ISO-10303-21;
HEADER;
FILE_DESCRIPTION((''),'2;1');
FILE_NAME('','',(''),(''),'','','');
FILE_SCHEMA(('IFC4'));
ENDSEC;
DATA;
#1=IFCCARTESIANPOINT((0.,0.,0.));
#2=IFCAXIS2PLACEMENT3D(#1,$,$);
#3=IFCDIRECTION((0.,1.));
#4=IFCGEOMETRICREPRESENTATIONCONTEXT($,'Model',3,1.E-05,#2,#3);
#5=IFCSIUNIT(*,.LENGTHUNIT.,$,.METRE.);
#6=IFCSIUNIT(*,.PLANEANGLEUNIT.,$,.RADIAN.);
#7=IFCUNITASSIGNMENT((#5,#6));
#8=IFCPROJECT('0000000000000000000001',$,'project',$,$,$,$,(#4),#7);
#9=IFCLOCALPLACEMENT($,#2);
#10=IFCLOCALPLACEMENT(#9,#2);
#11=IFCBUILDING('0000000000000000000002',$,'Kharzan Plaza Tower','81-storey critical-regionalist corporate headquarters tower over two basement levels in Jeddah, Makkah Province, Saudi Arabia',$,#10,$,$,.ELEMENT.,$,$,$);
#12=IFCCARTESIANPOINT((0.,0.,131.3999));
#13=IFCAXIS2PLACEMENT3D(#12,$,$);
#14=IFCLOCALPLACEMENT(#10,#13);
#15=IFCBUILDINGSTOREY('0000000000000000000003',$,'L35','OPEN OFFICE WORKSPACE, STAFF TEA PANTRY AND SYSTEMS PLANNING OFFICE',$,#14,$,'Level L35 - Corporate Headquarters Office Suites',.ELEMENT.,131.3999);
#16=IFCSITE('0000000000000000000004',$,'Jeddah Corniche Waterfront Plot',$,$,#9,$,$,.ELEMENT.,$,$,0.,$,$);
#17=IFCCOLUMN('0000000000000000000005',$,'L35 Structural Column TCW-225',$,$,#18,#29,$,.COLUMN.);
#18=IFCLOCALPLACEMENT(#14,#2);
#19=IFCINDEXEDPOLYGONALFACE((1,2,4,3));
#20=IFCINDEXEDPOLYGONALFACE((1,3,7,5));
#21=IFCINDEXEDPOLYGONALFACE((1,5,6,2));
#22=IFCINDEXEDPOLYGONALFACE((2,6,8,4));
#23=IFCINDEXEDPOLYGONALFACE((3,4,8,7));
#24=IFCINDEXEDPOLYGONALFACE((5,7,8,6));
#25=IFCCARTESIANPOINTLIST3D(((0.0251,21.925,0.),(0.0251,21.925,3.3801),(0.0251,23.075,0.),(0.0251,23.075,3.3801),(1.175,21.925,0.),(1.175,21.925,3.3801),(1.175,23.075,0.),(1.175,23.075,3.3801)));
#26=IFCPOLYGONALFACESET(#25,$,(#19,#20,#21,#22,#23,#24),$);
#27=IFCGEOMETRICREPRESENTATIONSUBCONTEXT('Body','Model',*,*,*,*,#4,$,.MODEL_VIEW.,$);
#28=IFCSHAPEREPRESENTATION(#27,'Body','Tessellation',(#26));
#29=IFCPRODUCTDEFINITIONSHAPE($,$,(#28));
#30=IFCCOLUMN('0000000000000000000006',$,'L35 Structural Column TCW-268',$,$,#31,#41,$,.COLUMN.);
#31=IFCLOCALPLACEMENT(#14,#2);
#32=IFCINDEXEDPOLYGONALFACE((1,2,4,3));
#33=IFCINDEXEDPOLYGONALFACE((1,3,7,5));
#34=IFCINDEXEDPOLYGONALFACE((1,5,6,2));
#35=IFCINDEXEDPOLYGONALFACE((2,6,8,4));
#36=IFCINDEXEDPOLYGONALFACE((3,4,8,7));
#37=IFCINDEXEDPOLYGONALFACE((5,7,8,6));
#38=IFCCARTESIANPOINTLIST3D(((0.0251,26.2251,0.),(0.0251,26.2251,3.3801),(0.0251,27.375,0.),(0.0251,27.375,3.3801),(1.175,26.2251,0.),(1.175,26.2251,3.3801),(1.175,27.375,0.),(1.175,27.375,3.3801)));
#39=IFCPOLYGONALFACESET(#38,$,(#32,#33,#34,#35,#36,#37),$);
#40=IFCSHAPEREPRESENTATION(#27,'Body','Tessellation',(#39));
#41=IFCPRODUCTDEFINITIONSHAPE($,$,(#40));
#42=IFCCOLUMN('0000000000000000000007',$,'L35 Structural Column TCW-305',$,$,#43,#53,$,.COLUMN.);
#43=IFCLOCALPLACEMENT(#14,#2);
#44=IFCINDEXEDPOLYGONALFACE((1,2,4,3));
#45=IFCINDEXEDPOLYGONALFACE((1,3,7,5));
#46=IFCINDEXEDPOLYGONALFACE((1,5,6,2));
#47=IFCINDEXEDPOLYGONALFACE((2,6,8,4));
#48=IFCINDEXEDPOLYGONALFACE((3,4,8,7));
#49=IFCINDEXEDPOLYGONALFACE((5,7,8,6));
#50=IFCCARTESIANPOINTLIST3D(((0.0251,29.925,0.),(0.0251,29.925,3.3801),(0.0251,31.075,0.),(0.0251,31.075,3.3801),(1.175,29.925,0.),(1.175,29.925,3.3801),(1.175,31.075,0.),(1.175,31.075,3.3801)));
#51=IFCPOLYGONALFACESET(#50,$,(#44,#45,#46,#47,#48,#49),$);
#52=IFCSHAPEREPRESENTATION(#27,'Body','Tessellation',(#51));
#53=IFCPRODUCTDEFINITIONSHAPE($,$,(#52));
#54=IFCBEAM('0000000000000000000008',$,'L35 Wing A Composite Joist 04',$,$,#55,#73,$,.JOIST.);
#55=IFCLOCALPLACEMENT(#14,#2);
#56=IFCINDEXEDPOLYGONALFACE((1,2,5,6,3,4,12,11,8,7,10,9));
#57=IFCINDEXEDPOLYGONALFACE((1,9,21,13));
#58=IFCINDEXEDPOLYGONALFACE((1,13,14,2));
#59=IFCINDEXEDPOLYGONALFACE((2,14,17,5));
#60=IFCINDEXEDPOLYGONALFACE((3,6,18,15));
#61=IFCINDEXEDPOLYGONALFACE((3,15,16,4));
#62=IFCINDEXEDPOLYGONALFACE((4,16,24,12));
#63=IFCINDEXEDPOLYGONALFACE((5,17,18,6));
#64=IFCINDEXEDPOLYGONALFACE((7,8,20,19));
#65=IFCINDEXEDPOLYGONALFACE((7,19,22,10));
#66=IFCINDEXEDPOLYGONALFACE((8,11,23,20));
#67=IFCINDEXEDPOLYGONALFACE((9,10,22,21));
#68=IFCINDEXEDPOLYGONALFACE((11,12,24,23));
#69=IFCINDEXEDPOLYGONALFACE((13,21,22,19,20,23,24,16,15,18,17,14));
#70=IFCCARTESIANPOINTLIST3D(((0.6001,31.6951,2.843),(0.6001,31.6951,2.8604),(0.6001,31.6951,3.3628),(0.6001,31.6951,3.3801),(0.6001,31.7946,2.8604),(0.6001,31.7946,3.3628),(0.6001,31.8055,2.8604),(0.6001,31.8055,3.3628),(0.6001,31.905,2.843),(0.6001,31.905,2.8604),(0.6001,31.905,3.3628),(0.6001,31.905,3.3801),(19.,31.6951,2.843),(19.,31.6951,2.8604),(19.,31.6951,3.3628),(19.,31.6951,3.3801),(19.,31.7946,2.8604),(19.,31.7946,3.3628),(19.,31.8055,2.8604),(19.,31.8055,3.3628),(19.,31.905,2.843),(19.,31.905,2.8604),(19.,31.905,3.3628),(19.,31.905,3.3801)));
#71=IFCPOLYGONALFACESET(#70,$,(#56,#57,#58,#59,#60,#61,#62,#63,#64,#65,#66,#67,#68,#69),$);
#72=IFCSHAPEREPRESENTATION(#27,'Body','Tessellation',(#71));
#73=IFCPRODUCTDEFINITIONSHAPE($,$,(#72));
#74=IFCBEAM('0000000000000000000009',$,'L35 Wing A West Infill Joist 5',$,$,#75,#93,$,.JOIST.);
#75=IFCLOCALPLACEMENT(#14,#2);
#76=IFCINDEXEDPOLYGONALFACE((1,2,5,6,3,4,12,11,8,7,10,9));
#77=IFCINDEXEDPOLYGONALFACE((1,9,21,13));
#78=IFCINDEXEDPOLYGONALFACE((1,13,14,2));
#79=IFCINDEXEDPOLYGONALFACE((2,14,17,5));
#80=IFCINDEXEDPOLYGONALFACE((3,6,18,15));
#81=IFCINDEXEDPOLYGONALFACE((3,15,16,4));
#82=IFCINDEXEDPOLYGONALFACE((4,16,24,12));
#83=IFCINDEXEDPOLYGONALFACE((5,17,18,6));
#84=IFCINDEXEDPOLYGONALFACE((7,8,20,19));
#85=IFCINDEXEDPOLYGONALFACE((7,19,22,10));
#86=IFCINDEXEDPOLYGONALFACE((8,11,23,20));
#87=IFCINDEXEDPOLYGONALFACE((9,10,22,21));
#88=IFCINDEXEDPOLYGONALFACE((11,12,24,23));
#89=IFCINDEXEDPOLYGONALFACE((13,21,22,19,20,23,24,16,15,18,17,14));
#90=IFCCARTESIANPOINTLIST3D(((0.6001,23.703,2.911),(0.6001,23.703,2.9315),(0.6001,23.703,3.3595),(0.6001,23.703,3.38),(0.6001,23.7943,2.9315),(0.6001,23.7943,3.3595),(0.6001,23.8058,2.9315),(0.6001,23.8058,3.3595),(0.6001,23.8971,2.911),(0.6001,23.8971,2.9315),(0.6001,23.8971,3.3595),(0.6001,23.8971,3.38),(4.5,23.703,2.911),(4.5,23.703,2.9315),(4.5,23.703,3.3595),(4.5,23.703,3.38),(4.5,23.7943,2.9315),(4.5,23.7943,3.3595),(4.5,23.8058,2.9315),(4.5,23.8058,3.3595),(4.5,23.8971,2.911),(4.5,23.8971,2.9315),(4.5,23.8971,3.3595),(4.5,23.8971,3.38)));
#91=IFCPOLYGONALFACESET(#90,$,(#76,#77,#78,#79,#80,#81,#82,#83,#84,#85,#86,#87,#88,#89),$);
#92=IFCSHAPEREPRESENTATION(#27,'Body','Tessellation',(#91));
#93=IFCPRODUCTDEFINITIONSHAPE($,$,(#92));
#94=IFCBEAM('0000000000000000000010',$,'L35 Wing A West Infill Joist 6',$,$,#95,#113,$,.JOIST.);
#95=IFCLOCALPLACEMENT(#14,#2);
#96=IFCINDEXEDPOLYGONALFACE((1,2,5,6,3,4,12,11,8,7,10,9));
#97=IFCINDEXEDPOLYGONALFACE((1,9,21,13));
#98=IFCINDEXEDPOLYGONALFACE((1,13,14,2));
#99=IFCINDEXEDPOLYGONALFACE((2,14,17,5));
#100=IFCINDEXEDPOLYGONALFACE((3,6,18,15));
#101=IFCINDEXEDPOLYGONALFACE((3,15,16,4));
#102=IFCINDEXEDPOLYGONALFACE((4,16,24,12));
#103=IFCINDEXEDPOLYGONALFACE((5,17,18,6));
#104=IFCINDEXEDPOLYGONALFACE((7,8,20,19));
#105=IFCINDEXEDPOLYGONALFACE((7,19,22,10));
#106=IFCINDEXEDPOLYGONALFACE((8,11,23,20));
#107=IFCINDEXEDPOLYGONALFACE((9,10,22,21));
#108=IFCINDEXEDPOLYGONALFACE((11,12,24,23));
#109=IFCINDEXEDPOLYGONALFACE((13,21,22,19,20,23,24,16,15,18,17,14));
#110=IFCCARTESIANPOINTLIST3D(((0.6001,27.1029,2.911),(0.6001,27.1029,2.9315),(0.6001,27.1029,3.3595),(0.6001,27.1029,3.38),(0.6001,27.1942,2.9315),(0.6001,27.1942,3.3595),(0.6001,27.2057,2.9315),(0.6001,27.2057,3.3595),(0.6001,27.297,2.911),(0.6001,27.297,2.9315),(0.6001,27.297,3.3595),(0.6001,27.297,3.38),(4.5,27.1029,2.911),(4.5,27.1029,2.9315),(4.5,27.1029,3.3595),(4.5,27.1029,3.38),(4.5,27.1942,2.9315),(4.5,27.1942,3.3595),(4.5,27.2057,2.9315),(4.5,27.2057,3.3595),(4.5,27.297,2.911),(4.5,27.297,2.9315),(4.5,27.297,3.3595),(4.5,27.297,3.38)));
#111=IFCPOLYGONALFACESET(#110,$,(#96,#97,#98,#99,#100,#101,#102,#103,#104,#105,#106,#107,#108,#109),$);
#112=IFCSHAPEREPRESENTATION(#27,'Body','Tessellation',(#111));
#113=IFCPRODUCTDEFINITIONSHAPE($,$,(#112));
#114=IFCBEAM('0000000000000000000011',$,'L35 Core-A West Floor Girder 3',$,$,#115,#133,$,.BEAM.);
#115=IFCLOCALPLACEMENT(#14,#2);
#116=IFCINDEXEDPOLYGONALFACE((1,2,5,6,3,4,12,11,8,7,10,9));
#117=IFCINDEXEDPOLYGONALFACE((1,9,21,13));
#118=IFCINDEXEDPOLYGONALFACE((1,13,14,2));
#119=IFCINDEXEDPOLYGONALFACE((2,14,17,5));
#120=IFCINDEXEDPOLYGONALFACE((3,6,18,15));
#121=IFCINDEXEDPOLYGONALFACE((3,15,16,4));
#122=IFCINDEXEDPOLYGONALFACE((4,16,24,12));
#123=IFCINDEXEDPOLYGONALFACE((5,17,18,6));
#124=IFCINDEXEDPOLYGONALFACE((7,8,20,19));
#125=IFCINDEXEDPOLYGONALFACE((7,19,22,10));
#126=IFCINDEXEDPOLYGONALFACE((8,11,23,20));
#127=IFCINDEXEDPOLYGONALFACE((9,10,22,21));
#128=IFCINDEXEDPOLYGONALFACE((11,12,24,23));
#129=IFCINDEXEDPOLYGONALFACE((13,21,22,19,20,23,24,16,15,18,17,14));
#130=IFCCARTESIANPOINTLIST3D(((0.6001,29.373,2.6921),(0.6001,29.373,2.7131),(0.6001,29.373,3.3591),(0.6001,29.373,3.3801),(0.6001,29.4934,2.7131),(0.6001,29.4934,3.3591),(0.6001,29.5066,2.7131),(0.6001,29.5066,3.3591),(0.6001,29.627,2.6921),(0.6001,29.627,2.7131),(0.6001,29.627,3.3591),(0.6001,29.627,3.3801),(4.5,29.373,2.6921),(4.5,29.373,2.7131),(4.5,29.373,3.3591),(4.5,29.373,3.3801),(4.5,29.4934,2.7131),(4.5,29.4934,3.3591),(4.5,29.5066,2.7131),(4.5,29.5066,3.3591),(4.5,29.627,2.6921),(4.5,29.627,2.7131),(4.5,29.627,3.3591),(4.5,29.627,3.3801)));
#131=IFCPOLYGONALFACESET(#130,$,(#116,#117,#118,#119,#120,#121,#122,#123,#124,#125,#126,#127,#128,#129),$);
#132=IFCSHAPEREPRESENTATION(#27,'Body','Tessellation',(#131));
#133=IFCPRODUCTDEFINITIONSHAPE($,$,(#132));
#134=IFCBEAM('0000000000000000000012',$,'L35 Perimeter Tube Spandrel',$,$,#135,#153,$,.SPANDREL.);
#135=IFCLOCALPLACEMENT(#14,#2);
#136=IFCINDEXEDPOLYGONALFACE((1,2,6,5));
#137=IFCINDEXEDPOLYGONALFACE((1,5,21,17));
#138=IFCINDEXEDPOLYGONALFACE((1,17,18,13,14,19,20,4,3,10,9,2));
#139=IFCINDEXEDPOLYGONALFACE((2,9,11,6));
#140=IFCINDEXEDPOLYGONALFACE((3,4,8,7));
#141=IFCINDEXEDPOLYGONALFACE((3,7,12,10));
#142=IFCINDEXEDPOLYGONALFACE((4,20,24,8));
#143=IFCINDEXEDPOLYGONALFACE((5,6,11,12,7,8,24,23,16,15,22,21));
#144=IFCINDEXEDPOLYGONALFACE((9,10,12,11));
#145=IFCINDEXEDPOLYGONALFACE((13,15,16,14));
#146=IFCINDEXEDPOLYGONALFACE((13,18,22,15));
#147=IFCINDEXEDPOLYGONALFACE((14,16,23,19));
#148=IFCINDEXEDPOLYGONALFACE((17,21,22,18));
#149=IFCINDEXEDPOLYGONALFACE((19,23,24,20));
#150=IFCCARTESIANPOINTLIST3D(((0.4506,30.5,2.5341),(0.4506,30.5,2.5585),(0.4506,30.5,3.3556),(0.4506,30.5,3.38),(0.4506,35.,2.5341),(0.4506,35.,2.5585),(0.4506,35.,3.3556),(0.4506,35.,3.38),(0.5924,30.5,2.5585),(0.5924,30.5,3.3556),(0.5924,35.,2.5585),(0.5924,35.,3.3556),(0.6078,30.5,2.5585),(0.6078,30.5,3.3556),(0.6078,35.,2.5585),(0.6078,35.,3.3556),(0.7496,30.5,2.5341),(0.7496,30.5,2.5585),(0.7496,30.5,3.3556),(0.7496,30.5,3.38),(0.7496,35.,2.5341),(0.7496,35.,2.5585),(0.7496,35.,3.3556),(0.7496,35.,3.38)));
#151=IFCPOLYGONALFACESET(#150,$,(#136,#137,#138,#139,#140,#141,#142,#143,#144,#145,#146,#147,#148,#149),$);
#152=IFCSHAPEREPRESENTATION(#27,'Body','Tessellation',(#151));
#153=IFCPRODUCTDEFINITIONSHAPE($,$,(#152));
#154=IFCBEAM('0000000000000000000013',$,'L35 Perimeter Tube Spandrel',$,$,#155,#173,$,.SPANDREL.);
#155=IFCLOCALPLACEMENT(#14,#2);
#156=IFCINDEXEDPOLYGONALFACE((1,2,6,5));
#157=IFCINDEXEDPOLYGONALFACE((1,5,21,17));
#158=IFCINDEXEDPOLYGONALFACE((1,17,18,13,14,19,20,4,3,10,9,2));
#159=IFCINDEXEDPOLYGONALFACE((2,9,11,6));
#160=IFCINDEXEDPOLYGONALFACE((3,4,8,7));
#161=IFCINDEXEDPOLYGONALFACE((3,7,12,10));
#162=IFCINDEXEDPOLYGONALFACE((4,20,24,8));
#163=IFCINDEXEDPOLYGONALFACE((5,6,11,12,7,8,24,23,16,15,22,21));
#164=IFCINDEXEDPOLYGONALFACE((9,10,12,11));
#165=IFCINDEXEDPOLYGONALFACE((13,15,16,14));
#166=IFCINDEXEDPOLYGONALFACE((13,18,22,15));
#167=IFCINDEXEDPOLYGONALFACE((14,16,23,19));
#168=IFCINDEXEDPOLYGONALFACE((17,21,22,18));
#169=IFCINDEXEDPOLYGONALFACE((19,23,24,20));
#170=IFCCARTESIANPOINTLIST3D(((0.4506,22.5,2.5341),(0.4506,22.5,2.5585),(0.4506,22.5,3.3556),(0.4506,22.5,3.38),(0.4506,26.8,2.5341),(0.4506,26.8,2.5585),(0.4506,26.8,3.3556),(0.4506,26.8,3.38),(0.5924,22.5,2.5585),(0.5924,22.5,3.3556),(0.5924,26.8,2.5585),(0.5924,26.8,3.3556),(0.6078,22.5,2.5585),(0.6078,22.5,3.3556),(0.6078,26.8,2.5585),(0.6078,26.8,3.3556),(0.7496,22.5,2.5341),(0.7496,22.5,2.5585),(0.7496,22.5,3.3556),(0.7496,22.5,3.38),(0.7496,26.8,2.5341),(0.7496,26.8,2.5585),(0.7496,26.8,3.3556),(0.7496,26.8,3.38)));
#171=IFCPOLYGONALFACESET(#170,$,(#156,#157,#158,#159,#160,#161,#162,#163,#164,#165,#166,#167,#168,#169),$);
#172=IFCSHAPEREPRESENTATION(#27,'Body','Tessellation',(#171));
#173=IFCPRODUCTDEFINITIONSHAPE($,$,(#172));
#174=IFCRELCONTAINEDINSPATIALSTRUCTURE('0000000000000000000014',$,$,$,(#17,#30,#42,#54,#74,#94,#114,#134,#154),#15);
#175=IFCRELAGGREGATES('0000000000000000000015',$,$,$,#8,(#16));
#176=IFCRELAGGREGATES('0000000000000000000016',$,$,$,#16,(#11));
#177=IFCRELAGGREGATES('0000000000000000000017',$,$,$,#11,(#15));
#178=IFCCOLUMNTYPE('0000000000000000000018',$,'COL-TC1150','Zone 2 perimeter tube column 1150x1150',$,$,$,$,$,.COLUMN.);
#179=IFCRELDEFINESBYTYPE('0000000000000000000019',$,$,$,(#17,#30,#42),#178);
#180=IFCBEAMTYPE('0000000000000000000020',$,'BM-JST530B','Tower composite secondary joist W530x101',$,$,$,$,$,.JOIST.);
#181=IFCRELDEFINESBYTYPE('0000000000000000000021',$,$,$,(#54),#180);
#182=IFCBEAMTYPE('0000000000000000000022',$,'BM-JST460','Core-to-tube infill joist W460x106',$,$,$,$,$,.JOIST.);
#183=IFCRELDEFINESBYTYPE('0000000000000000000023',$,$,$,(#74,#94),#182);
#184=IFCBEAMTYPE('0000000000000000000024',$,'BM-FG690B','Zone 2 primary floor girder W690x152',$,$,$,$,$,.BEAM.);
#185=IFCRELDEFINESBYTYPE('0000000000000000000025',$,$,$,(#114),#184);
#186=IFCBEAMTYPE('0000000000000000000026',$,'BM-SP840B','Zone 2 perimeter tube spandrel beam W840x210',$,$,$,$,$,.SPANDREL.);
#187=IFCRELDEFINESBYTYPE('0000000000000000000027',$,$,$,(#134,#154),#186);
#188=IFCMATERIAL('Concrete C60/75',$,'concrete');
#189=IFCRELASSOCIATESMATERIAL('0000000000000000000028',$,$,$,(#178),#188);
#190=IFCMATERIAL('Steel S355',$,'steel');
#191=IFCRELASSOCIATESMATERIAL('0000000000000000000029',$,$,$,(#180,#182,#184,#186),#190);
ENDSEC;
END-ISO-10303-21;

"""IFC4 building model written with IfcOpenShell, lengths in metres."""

from ifc_helpers import new_model, si_unit, direction, frame, origin, origin_2d, place, context, subcontext, project, spatial, rectangle, i_section, extrude, source, transform, mapped, material, material_profile, profile_set, type_object, element, save


model = new_model("IFC4")

# Units and contexts
model_context = context("Model", 3, precision=1e-05, world=origin(), true_north=direction((0.0, 1.0)))
body_context = subcontext(model_context, "Body", "Model", "MODEL_VIEW")
ifc_project = project(units=[si_unit("LENGTHUNIT", "METRE"), si_unit("PLANEANGLEUNIT", "RADIAN")], contexts=[model_context])

# Site, building, storey
site_placement = place(None, origin())
site = spatial("IfcSite", under=ifc_project, at=site_placement, Name="Jeddah Corniche Waterfront Plot", CompositionType="ELEMENT", RefElevation=0.0)
building_placement = place(site_placement, origin())
building = spatial("IfcBuilding", under=site, at=building_placement, Name="Kharzan Plaza Tower", Description="81-storey critical-regionalist corporate headquarters tower over two basement levels in Jeddah, Makkah Province, Saudi Arabia", CompositionType="ELEMENT")
storey_placement = place(building_placement, frame((0.0, 0.0, 131.3999)))
storey = spatial("IfcBuildingStorey", under=building, at=storey_placement, Name="L35", Description="OPEN OFFICE WORKSPACE, STAFF TEA PANTRY AND SYSTEMS PLANNING OFFICE", LongName="Level L35 - Corporate Headquarters Office Suites", CompositionType="ELEMENT", Elevation=131.3999)

# Columns
ifc_material_1 = material(Name="Concrete C60/75", Category="concrete")
ifc_material_profile_1 = material_profile(ifc_material_1, rectangle(XDim=1.1499, YDim=1.1499, at=origin_2d()), Name="RC-TC1150x1150")
ifc_profile_set_1 = profile_set([ifc_material_profile_1], Name="Concrete C60/75")
column_type = type_object("IfcColumnType", Name="COL-TC1150", Description="Zone 2 perimeter tube column 1150x1150", PredefinedType="COLUMN", material=ifc_profile_set_1)
shared_shape_1 = source(origin(), body_context, "Body", "SweptSolid", [
    extrude(rectangle(XDim=1.1499, YDim=1.1499, at=origin_2d()), origin(), (0.0, 0.0, 1.0), 3.3801),
])
for number, where, z_axis, x_axis, name in (
    (1, (0.6001, 22.5, 0.0), (0.0, 0.0, 1.0), (1.0, 0.0, 0.0), "L35 Structural Column TCW-225"),
    (2, (0.6001, 26.8, 0.0), (0.0, 0.0, 1.0), (1.0, 0.0, 0.0), "L35 Structural Column TCW-268"),
    (3, (0.6001, 30.5, 0.0), (0.0, 0.0, 1.0), (1.0, 0.0, 0.0), "L35 Structural Column TCW-305"),
):
    element("IfcColumn", number, at=place(storey_placement, frame(where, z_axis=z_axis, x_axis=x_axis)), inside=storey, type_object=column_type, Name=name, PredefinedType="COLUMN", context=body_context, shape_type="MappedRepresentation", body=[
        mapped(shared_shape_1, transform((0.0, 0.0, 0.0), x_axis=(1.0, 0.0, 0.0), y_axis=(0.0, 1.0, 0.0), z_axis=(0.0, 0.0, 1.0))),
    ])

# Beams
ifc_material_2 = material(Name="Steel S355", Category="steel")
ifc_material_profile_2 = material_profile(ifc_material_2, i_section(OverallWidth=0.21, OverallDepth=0.5371, WebThickness=0.011, FlangeThickness=0.0173, at=origin_2d()), Name="W530x101")
ifc_profile_set_2 = profile_set([ifc_material_profile_2], Name="Steel S355")
beam_type_1 = type_object("IfcBeamType", Name="BM-JST530B", Description="Tower composite secondary joist W530x101", PredefinedType="JOIST", material=ifc_profile_set_2)
shared_shape_2 = source(origin(), body_context, "Body", "SweptSolid", [
    extrude(i_section(OverallWidth=0.21, OverallDepth=0.5371, WebThickness=0.011, FlangeThickness=0.0173, at=origin_2d()), origin(), (0.0, 0.0, 1.0), 18.3999),
])
beam_1_placement = place(storey_placement, frame((0.6001, 31.8, 3.1116), z_axis=(1.0, 0.0, 0.0), x_axis=(0.0, 1.0, 0.0)))
element("IfcBeam", 4, at=beam_1_placement, inside=storey, type_object=beam_type_1, Name="L35 Wing A Composite Joist 04", PredefinedType="JOIST", context=body_context, shape_type="MappedRepresentation", body=[
    mapped(shared_shape_2, transform((0.0, 0.0, 0.0), x_axis=(1.0, 0.0, 0.0), y_axis=(0.0, 1.0, 0.0), z_axis=(0.0, 0.0, 1.0))),
])
ifc_material_profile_3 = material_profile(ifc_material_2, i_section(OverallWidth=0.1941, OverallDepth=0.469, WebThickness=0.0115, FlangeThickness=0.0205, at=origin_2d()), Name="W460x106")
ifc_profile_set_3 = profile_set([ifc_material_profile_3], Name="Steel S355")
beam_type_2 = type_object("IfcBeamType", Name="BM-JST460", Description="Core-to-tube infill joist W460x106", PredefinedType="JOIST", material=ifc_profile_set_3)
shared_shape_3 = source(origin(), body_context, "Body", "SweptSolid", [
    extrude(i_section(OverallWidth=0.1941, OverallDepth=0.469, WebThickness=0.0115, FlangeThickness=0.0205, at=origin_2d()), origin(), (0.0, 0.0, 1.0), 3.8999),
])
for number, where, z_axis, x_axis, name in (
    (5, (0.6001, 23.8, 3.1455), (1.0, 0.0, 0.0), (0.0, 1.0, 0.0), "L35 Wing A West Infill Joist 5"),
    (6, (0.6001, 27.2, 3.1455), (1.0, 0.0, 0.0), (0.0, 1.0, 0.0), "L35 Wing A West Infill Joist 6"),
):
    element("IfcBeam", number, at=place(storey_placement, frame(where, z_axis=z_axis, x_axis=x_axis)), inside=storey, type_object=beam_type_2, Name=name, PredefinedType="JOIST", context=body_context, shape_type="MappedRepresentation", body=[
        mapped(shared_shape_3, transform((0.0, 0.0, 0.0), x_axis=(1.0, 0.0, 0.0), y_axis=(0.0, 1.0, 0.0), z_axis=(0.0, 0.0, 1.0))),
    ])
ifc_material_profile_4 = material_profile(ifc_material_2, i_section(OverallWidth=0.2539, OverallDepth=0.688, WebThickness=0.0132, FlangeThickness=0.021, at=origin_2d()), Name="W690x152")
ifc_profile_set_4 = profile_set([ifc_material_profile_4], Name="Steel S355")
beam_type_3 = type_object("IfcBeamType", Name="BM-FG690B", Description="Zone 2 primary floor girder W690x152", PredefinedType="BEAM", material=ifc_profile_set_4)
shared_shape_4 = source(origin(), body_context, "Body", "SweptSolid", [
    extrude(i_section(OverallWidth=0.2539, OverallDepth=0.688, WebThickness=0.0132, FlangeThickness=0.021, at=origin_2d()), origin(), (0.0, 0.0, 1.0), 3.8999),
])
beam_2_placement = place(storey_placement, frame((0.6001, 29.5, 3.0361), z_axis=(1.0, 0.0, 0.0), x_axis=(0.0, 1.0, 0.0)))
element("IfcBeam", 7, at=beam_2_placement, inside=storey, type_object=beam_type_3, Name="L35 Core-A West Floor Girder 3", PredefinedType="BEAM", context=body_context, shape_type="MappedRepresentation", body=[
    mapped(shared_shape_4, transform((0.0, 0.0, 0.0), x_axis=(1.0, 0.0, 0.0), y_axis=(0.0, 1.0, 0.0), z_axis=(0.0, 0.0, 1.0))),
])
ifc_material_profile_5 = material_profile(ifc_material_2, i_section(OverallWidth=0.2991, OverallDepth=0.8459, WebThickness=0.0154, FlangeThickness=0.0244, at=origin_2d()), Name="W840x210")
ifc_profile_set_5 = profile_set([ifc_material_profile_5], Name="Steel S355")
beam_type_4 = type_object("IfcBeamType", Name="BM-SP840B", Description="Zone 2 perimeter tube spandrel beam W840x210", PredefinedType="SPANDREL", material=ifc_profile_set_5)
shared_shape_5 = source(origin(), body_context, "Body", "SweptSolid", [
    extrude(i_section(OverallWidth=0.2991, OverallDepth=0.8459, WebThickness=0.0154, FlangeThickness=0.0244, at=origin_2d()), origin(), (0.0, 0.0, 1.0), 4.5),
])
beam_3_placement = place(storey_placement, frame((0.6001, 30.5, 2.957), z_axis=(0.0, 1.0, 0.0), x_axis=(-1.0, 0.0, 0.0)))
element("IfcBeam", 8, at=beam_3_placement, inside=storey, type_object=beam_type_4, Name="L35 Perimeter Tube Spandrel", PredefinedType="SPANDREL", context=body_context, shape_type="MappedRepresentation", body=[
    mapped(shared_shape_5, transform((0.0, 0.0, 0.0), x_axis=(1.0, 0.0, 0.0), y_axis=(0.0, 1.0, 0.0), z_axis=(0.0, 0.0, 1.0))),
])
shared_shape_6 = source(origin(), body_context, "Body", "SweptSolid", [
    extrude(i_section(OverallWidth=0.2991, OverallDepth=0.8459, WebThickness=0.0154, FlangeThickness=0.0244, at=origin_2d()), origin(), (0.0, 0.0, 1.0), 4.3),
])
beam_4_placement = place(storey_placement, frame((0.6001, 22.5, 2.957), z_axis=(0.0, 1.0, 0.0), x_axis=(-1.0, 0.0, 0.0)))
element("IfcBeam", 9, at=beam_4_placement, inside=storey, type_object=beam_type_4, Name="L35 Perimeter Tube Spandrel", PredefinedType="SPANDREL", context=body_context, shape_type="MappedRepresentation", body=[
    mapped(shared_shape_6, transform((0.0, 0.0, 0.0), x_axis=(1.0, 0.0, 0.0), y_axis=(0.0, 1.0, 0.0), z_axis=(0.0, 0.0, 1.0))),
])

save(model, "model.ifc")
